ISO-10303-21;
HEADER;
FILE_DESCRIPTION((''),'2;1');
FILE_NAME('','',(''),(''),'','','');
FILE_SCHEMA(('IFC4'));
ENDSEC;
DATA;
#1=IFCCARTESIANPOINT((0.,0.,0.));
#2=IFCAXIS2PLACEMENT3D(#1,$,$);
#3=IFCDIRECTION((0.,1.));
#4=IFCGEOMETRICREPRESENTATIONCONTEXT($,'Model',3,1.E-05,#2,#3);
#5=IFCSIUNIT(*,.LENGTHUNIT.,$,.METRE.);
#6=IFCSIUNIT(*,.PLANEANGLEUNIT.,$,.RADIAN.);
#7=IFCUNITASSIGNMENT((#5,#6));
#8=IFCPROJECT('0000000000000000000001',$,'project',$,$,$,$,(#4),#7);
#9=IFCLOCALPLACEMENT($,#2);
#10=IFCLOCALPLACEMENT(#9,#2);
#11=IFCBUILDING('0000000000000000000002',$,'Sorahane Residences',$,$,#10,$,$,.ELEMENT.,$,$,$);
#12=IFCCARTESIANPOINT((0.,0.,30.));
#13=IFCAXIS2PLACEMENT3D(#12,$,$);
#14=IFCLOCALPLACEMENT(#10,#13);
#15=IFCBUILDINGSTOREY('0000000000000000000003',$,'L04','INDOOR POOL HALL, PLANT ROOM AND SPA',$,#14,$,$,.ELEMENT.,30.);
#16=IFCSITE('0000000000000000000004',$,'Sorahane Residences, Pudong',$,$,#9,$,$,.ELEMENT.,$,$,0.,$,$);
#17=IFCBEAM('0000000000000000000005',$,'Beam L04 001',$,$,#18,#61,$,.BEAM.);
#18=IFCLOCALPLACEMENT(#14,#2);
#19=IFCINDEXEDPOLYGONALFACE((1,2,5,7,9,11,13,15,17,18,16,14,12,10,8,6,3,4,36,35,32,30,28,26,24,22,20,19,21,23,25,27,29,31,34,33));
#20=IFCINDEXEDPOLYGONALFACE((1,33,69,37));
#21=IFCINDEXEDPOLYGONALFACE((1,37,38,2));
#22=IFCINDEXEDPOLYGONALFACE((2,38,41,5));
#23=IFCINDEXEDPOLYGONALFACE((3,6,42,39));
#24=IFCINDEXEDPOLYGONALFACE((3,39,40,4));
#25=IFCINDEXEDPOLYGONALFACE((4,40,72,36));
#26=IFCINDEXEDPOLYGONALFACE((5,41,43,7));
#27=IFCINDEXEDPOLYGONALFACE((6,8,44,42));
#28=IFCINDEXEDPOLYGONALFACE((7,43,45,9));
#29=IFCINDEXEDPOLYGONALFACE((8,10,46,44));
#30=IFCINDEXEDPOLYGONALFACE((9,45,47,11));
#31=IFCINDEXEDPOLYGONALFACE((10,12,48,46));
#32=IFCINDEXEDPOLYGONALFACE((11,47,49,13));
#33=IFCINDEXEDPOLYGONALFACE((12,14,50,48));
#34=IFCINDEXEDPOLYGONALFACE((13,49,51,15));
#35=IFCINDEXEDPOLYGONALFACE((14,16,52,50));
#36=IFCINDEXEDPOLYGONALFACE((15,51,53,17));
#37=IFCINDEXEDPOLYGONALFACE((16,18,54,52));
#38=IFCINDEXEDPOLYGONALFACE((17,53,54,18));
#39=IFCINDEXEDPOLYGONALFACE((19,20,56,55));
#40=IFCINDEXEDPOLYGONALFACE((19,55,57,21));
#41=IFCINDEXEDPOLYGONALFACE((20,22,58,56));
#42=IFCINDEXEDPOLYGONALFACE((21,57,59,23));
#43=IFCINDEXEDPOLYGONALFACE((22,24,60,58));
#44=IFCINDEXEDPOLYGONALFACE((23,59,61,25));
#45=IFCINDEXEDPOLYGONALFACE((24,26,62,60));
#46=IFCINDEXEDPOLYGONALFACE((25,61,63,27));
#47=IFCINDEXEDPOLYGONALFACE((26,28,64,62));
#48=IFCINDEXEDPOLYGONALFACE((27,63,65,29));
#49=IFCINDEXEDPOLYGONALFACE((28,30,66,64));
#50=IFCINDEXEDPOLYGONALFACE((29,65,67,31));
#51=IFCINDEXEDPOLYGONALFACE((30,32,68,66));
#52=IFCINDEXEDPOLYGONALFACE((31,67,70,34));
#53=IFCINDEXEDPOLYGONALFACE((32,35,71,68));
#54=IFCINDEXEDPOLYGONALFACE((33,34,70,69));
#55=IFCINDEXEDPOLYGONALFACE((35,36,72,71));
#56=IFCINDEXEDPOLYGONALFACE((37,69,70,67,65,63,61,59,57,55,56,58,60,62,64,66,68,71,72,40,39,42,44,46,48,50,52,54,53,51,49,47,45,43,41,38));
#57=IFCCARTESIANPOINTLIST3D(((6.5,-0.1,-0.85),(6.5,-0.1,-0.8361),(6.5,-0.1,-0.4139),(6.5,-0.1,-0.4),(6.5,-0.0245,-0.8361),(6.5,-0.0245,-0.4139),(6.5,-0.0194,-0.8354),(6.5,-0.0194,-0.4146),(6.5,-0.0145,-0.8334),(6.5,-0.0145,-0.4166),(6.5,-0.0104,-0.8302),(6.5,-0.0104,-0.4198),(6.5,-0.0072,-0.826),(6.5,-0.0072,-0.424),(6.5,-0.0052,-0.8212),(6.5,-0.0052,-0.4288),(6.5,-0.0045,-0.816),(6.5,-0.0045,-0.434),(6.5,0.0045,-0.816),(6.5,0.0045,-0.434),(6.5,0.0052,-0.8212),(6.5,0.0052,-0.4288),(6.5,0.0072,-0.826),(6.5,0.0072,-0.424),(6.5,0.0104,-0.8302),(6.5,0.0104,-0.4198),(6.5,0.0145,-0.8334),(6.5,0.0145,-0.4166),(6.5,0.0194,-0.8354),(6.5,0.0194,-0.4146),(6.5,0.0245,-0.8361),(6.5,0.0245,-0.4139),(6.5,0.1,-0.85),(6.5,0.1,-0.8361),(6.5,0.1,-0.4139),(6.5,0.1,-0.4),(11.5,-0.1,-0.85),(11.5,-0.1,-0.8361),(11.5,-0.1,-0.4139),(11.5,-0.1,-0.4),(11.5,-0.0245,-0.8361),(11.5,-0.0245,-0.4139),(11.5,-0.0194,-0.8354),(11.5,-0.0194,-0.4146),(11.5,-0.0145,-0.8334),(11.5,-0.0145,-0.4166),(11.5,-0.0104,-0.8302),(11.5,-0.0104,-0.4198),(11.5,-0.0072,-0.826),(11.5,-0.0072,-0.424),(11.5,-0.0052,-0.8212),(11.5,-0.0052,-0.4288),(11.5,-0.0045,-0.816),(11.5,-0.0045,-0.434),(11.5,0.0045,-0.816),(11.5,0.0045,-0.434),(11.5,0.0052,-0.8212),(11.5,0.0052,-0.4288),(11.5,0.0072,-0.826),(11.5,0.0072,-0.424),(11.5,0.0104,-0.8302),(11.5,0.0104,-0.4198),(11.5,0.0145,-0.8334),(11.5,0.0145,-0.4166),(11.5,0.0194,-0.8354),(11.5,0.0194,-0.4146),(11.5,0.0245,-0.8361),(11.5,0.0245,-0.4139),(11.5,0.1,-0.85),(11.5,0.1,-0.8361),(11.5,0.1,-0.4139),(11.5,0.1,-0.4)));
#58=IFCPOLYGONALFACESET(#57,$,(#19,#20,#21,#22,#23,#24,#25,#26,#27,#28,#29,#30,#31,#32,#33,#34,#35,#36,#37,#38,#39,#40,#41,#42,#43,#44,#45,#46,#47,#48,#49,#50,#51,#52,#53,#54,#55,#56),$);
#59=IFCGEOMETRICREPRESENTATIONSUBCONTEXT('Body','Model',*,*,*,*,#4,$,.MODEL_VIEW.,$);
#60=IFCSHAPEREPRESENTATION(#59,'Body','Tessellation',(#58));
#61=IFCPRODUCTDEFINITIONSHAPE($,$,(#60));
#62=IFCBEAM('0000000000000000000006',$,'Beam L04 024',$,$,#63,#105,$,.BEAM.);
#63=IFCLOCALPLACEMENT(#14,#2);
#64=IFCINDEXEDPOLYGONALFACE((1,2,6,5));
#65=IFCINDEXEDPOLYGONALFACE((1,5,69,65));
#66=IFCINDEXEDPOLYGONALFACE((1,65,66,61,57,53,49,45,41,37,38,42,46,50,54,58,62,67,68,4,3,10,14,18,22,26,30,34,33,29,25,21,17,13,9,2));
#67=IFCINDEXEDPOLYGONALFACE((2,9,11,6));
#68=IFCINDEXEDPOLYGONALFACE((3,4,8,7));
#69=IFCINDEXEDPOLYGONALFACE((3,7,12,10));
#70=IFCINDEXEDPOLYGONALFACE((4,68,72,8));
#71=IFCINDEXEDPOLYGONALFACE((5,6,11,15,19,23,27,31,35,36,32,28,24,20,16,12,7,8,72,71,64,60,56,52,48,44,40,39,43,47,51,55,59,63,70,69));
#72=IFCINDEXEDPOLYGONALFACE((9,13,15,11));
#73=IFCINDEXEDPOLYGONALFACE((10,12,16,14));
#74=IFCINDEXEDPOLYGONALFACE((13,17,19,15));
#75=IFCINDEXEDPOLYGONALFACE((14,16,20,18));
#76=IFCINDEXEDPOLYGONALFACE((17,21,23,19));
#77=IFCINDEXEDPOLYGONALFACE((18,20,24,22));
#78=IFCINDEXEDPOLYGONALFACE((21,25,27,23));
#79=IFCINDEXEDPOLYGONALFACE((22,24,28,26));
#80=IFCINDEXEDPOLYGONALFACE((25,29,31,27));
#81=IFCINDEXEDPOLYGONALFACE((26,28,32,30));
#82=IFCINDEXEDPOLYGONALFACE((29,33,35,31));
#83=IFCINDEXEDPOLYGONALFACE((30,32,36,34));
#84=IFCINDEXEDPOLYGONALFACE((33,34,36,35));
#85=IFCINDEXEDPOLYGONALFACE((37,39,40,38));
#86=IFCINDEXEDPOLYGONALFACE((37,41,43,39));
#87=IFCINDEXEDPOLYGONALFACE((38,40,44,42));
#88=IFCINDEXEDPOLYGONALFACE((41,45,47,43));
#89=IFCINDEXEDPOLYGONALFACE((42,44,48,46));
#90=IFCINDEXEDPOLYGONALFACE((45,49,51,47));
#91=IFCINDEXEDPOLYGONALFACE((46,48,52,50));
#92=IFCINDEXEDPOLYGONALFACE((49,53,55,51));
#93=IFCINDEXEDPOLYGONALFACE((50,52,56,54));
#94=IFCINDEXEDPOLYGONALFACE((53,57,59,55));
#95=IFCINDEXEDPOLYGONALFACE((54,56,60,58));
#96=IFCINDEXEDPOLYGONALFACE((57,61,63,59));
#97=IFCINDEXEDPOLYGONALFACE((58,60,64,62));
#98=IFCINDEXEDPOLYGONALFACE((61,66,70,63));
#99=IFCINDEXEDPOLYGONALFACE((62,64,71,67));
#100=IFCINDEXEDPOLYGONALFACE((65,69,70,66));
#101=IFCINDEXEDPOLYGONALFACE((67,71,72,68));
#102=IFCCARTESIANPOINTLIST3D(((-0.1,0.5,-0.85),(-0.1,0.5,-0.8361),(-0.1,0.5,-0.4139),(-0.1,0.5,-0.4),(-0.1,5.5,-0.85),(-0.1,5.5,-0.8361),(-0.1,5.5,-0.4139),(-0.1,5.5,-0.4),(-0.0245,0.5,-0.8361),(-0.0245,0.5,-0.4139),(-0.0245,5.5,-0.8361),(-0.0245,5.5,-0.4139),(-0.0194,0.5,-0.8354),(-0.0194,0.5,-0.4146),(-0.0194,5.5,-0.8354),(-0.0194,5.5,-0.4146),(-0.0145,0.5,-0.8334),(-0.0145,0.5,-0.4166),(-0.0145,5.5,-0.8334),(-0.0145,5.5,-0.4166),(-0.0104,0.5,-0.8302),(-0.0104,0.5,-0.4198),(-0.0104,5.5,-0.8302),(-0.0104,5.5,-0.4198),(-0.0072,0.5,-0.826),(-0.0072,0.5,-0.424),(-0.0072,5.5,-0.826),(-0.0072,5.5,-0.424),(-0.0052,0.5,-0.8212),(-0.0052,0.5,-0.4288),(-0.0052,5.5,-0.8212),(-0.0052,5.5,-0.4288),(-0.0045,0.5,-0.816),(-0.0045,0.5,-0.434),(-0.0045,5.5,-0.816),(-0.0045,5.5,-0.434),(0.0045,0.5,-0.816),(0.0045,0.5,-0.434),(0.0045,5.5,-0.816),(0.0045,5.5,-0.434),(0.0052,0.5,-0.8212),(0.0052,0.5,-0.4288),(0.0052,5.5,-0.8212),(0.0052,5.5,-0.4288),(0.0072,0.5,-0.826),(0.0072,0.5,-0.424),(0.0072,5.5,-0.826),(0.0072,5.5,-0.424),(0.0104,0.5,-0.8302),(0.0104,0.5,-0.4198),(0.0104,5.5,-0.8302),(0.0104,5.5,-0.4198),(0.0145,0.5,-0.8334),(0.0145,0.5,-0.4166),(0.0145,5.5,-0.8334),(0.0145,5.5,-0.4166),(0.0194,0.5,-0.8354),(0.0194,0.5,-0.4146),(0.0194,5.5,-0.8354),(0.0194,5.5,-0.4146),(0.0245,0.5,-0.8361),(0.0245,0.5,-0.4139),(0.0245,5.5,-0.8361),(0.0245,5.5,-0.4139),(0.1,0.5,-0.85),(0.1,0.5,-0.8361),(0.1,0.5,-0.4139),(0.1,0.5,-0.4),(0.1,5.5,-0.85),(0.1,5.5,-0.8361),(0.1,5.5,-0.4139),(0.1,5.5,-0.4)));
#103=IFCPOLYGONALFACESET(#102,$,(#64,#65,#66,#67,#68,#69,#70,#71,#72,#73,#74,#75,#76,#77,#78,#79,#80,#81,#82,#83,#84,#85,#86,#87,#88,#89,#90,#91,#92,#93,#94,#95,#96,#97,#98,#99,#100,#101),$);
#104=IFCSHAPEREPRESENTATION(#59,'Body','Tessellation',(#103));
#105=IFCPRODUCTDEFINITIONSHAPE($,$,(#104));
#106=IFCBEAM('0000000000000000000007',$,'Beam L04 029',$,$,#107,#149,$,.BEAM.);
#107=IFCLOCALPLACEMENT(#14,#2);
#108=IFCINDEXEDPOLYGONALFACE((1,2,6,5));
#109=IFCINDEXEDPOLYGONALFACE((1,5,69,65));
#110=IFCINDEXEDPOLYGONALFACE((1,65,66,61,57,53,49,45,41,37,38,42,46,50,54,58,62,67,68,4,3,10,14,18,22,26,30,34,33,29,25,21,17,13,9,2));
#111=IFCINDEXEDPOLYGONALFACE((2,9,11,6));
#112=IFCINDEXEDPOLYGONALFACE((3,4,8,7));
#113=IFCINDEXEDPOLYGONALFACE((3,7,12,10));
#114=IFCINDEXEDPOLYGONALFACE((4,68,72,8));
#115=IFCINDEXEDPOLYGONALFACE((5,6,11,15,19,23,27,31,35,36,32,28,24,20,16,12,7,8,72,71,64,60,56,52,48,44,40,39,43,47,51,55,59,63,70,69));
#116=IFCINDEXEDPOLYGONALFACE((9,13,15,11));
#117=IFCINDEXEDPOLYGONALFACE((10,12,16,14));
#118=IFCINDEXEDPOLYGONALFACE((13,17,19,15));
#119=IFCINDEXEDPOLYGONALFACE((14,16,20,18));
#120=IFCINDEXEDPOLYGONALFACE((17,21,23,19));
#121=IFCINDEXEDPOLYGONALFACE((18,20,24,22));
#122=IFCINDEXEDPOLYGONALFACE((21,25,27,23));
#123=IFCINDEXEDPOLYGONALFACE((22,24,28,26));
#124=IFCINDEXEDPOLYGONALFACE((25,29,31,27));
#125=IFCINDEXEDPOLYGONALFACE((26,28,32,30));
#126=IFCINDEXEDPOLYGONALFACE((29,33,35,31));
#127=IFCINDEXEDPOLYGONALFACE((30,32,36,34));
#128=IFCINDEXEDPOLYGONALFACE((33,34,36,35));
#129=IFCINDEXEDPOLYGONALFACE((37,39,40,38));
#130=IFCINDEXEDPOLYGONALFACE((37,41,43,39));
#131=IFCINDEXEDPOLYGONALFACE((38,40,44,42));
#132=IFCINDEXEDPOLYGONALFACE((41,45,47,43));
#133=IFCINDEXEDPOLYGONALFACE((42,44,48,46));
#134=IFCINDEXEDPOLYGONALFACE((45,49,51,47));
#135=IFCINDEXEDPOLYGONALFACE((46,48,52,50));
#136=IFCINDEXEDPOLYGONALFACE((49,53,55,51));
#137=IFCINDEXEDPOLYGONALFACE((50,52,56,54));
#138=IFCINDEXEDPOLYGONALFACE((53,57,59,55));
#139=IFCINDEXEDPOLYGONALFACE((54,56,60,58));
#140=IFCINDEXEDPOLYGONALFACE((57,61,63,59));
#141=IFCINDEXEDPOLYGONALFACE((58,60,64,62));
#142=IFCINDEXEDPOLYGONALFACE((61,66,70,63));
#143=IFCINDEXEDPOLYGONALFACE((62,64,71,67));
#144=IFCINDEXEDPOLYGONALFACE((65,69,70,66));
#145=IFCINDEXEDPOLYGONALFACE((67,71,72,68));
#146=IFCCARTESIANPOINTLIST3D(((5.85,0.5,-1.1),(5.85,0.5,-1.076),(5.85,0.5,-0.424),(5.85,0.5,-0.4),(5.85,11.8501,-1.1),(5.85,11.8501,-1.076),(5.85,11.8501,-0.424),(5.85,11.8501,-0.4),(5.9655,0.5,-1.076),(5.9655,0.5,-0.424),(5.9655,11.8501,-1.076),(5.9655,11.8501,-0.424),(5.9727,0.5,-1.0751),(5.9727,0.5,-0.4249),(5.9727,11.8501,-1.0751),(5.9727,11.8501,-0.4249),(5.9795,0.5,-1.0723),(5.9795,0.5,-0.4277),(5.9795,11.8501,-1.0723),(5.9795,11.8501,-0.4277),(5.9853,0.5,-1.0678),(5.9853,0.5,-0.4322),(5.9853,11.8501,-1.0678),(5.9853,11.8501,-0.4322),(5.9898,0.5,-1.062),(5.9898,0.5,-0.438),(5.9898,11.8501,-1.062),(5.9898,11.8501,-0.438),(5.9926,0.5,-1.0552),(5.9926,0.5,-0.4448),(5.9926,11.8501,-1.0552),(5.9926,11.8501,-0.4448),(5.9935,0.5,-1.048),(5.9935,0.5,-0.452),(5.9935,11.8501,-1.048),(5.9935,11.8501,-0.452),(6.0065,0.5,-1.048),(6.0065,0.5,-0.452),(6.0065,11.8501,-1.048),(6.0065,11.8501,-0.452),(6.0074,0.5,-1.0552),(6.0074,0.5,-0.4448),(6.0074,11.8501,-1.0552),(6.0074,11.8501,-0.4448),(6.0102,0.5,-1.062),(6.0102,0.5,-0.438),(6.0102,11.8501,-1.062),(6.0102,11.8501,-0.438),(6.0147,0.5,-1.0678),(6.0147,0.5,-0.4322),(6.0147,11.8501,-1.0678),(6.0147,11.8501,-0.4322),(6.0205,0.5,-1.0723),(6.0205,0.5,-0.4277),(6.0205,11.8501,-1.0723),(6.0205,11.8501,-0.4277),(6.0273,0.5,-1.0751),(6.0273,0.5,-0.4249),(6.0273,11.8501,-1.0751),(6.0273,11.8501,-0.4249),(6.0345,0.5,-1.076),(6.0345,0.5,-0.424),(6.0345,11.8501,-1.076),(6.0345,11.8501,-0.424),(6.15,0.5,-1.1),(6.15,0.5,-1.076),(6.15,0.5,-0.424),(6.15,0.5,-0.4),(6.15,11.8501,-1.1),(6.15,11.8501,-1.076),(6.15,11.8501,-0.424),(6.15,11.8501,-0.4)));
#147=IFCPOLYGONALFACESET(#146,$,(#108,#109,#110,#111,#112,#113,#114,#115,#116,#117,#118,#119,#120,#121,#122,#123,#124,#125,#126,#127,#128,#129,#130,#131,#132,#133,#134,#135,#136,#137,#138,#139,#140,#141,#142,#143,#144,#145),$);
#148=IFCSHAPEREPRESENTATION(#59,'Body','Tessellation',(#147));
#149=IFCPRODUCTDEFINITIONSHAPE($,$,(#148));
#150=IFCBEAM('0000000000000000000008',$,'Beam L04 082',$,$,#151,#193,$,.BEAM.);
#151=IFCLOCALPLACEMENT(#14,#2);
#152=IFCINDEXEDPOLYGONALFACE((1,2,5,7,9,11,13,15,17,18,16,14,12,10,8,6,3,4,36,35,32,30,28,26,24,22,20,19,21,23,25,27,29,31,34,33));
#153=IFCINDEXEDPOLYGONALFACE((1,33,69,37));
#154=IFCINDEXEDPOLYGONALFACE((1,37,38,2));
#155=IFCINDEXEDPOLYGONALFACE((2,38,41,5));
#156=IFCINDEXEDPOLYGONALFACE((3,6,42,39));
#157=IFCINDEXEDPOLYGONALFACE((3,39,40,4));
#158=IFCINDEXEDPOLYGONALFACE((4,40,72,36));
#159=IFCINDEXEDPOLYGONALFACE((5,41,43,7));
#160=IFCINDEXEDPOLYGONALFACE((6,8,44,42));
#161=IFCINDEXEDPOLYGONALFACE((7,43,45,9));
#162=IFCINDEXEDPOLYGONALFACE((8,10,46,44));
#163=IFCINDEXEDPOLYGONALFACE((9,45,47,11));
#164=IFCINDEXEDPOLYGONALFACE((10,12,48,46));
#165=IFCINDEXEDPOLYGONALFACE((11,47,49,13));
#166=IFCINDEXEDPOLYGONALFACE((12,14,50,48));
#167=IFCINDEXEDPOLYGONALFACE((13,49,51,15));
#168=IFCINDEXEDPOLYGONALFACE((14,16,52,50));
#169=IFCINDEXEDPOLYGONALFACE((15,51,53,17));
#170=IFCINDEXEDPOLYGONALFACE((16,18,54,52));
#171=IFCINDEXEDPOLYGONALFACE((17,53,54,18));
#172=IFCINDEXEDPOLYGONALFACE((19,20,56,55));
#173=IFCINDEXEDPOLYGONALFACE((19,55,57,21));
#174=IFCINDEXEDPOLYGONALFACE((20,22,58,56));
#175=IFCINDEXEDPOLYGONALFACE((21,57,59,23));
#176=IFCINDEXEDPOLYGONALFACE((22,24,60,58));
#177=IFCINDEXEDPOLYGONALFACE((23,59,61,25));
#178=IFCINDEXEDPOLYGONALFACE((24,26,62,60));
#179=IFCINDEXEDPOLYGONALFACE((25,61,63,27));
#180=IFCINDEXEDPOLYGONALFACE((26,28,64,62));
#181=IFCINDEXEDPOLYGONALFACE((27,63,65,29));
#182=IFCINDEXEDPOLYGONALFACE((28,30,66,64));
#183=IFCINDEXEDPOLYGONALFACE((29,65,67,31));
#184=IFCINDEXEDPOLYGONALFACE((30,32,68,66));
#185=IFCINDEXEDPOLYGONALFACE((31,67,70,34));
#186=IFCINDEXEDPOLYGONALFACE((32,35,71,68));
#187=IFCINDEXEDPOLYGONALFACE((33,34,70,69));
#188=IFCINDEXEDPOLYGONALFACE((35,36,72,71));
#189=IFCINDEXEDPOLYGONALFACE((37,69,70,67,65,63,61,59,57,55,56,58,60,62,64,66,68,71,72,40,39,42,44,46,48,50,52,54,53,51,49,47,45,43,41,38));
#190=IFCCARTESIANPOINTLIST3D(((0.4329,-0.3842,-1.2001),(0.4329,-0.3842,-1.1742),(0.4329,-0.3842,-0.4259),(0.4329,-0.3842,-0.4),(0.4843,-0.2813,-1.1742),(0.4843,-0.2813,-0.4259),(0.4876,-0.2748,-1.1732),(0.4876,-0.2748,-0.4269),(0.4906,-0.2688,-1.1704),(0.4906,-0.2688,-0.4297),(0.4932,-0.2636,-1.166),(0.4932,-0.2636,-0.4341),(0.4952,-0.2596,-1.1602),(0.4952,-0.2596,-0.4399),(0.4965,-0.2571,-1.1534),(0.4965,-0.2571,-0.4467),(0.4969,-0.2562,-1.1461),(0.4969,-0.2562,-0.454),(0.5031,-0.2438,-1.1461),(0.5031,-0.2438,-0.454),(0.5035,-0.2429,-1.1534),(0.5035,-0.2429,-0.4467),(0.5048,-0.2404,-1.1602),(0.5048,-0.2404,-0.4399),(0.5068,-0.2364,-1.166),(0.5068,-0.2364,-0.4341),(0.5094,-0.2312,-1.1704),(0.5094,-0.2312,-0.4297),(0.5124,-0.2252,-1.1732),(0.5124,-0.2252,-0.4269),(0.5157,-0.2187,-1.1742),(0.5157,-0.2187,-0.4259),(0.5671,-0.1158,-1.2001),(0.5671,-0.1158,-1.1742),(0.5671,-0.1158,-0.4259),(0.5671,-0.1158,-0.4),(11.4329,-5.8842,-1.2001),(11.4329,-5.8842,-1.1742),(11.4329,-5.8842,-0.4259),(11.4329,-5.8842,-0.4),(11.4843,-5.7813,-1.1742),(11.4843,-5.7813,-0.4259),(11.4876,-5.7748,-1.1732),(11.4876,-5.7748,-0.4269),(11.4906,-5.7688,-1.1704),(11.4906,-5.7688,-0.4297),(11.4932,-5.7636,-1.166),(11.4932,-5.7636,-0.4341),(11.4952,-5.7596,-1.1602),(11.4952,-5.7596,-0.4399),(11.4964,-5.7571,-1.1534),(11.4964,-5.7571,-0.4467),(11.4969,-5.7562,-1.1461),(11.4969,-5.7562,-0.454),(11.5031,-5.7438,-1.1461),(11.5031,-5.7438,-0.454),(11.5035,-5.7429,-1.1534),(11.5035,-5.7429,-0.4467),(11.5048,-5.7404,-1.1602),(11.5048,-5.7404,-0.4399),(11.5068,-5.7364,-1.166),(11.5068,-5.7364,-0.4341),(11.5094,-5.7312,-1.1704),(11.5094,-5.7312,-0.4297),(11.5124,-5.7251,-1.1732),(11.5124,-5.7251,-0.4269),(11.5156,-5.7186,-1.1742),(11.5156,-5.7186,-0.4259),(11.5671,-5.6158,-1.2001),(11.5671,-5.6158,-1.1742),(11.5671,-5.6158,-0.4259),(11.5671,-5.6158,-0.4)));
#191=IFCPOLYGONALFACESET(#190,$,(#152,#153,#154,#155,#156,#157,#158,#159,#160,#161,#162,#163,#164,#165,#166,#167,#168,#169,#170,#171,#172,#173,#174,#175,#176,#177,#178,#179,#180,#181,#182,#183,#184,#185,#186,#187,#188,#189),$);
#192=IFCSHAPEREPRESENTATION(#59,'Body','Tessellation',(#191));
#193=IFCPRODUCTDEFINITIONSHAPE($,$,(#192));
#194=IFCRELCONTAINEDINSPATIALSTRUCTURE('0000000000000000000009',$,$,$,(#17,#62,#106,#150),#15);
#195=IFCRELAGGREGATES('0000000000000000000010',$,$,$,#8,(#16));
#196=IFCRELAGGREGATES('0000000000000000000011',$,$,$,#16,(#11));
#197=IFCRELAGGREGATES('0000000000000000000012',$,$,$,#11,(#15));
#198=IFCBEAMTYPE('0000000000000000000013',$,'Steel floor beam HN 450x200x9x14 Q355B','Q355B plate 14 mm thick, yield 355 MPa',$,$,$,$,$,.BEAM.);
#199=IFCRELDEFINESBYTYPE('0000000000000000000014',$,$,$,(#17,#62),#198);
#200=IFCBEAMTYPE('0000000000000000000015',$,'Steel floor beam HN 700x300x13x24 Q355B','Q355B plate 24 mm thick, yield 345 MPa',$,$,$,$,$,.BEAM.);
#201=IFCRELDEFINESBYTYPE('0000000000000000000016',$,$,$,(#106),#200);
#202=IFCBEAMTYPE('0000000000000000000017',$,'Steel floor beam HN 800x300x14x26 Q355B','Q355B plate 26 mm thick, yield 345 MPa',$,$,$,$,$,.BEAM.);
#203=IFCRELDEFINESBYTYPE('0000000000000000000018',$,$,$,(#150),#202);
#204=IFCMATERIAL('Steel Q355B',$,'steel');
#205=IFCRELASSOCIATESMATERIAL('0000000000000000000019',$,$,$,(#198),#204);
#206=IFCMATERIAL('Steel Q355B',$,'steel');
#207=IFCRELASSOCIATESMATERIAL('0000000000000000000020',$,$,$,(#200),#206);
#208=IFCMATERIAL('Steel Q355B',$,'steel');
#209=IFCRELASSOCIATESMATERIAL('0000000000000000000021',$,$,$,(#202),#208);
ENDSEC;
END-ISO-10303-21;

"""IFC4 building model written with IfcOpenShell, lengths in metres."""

from ifc_helpers import new_model, si_unit, direction, frame, origin, origin_2d, place, context, subcontext, project, spatial, i_section, extrude, material, material_profile, profile_set, type_object, element, save


model = new_model("IFC4")

# Units and contexts
model_context = context("Model", 3, precision=1e-05, world=origin(), true_north=direction((0.0, 1.0)))
body_context = subcontext(model_context, "Body", "Model", "MODEL_VIEW")
ifc_project = project(units=[si_unit("LENGTHUNIT", "METRE"), si_unit("PLANEANGLEUNIT", "RADIAN")], contexts=[model_context])

# Site, building, storey
site_placement = place(None, origin())
site = spatial("IfcSite", under=ifc_project, at=site_placement, Name="Sorahane Residences, Pudong", CompositionType="ELEMENT", RefElevation=0.0)
building_placement = place(site_placement, origin())
building = spatial("IfcBuilding", under=site, at=building_placement, Name="Sorahane Residences", CompositionType="ELEMENT")
storey_placement = place(building_placement, frame((0.0, 0.0, 30.0)))
storey = spatial("IfcBuildingStorey", under=building, at=storey_placement, Name="L04", Description="INDOOR POOL HALL, PLANT ROOM AND SPA", CompositionType="ELEMENT", Elevation=30.0)

# Beams
ifc_material_1 = material(Name="Steel Q355B", Category="steel")
ifc_material_profile_1 = material_profile(ifc_material_1, i_section(OverallWidth=0.2, OverallDepth=0.45, WebThickness=0.009, FlangeThickness=0.0139, FilletRadius=0.02, at=origin_2d()), Name="HN 450x200x9x14")
ifc_profile_set_1 = profile_set([ifc_material_profile_1], Name="Steel Q355B")
beam_type_1 = type_object("IfcBeamType", Name="Steel floor beam HN 450x200x9x14 Q355B", Description="Q355B plate 14 mm thick, yield 355 MPa", PredefinedType="BEAM", material=ifc_profile_set_1)
for number, where, z_axis, x_axis, name in (
    (1, (6.5, 0.0, -0.625), (1.0, 0.0, 0.0), (0.0, 1.0, 0.0), "Beam L04 001"),
    (2, (0.0, 0.5, -0.625), (0.0, 1.0, 0.0), (-1.0, 0.0, 0.0), "Beam L04 024"),
):
    element("IfcBeam", number, at=place(storey_placement, frame(where, z_axis=z_axis, x_axis=x_axis)), inside=storey, type_object=beam_type_1, Name=name, PredefinedType="BEAM", context=body_context, shape_type="SweptSolid", body=[
        extrude(i_section(OverallWidth=0.2, OverallDepth=0.45, WebThickness=0.009, FlangeThickness=0.0139, FilletRadius=0.02, at=origin_2d()), origin(), (0.0, 0.0, 1.0), 5.0),
    ])
ifc_material_2 = material(Name="Steel Q355B", Category="steel")
ifc_material_profile_2 = material_profile(ifc_material_2, i_section(OverallWidth=0.3, OverallDepth=0.7, WebThickness=0.0129, FlangeThickness=0.0239, FilletRadius=0.0281, at=origin_2d()), Name="HN 700x300x13x24")
ifc_profile_set_2 = profile_set([ifc_material_profile_2], Name="Steel Q355B")
beam_type_2 = type_object("IfcBeamType", Name="Steel floor beam HN 700x300x13x24 Q355B", Description="Q355B plate 24 mm thick, yield 345 MPa", PredefinedType="BEAM", material=ifc_profile_set_2)
beam_1_placement = place(storey_placement, frame((6.0, 0.5, -0.75), z_axis=(0.0, 1.0, 0.0), x_axis=(-1.0, 0.0, 0.0)))
element("IfcBeam", 3, at=beam_1_placement, inside=storey, type_object=beam_type_2, Name="Beam L04 029", PredefinedType="BEAM", context=body_context, shape_type="SweptSolid", body=[
    extrude(i_section(OverallWidth=0.3, OverallDepth=0.7, WebThickness=0.0129, FlangeThickness=0.0239, FilletRadius=0.0281, at=origin_2d()), origin(), (0.0, 0.0, 1.0), 11.3501),
])
ifc_material_3 = material(Name="Steel Q355B", Category="steel")
ifc_material_profile_3 = material_profile(ifc_material_3, i_section(OverallWidth=0.3, OverallDepth=0.8, WebThickness=0.0139, FlangeThickness=0.0259, FilletRadius=0.0281, at=origin_2d()), Name="HN 800x300x14x26")
ifc_profile_set_3 = profile_set([ifc_material_profile_3], Name="Steel Q355B")
beam_type_3 = type_object("IfcBeamType", Name="Steel floor beam HN 800x300x14x26 Q355B", Description="Q355B plate 26 mm thick, yield 345 MPa", PredefinedType="BEAM", material=ifc_profile_set_3)
beam_2_placement = place(storey_placement, frame((0.5, -0.25, -0.8), z_axis=(0.894427, -0.447214, 0.0), x_axis=(0.447214, 0.894427, 0.0)))
element("IfcBeam", 4, at=beam_2_placement, inside=storey, type_object=beam_type_3, Name="Beam L04 082", PredefinedType="BEAM", context=body_context, shape_type="SweptSolid", body=[
    extrude(i_section(OverallWidth=0.3, OverallDepth=0.8, WebThickness=0.0139, FlangeThickness=0.0259, FilletRadius=0.0281, at=origin_2d()), origin(), (0.0, 0.0, 1.0), 12.2983),
])

save(model, "model.ifc")
